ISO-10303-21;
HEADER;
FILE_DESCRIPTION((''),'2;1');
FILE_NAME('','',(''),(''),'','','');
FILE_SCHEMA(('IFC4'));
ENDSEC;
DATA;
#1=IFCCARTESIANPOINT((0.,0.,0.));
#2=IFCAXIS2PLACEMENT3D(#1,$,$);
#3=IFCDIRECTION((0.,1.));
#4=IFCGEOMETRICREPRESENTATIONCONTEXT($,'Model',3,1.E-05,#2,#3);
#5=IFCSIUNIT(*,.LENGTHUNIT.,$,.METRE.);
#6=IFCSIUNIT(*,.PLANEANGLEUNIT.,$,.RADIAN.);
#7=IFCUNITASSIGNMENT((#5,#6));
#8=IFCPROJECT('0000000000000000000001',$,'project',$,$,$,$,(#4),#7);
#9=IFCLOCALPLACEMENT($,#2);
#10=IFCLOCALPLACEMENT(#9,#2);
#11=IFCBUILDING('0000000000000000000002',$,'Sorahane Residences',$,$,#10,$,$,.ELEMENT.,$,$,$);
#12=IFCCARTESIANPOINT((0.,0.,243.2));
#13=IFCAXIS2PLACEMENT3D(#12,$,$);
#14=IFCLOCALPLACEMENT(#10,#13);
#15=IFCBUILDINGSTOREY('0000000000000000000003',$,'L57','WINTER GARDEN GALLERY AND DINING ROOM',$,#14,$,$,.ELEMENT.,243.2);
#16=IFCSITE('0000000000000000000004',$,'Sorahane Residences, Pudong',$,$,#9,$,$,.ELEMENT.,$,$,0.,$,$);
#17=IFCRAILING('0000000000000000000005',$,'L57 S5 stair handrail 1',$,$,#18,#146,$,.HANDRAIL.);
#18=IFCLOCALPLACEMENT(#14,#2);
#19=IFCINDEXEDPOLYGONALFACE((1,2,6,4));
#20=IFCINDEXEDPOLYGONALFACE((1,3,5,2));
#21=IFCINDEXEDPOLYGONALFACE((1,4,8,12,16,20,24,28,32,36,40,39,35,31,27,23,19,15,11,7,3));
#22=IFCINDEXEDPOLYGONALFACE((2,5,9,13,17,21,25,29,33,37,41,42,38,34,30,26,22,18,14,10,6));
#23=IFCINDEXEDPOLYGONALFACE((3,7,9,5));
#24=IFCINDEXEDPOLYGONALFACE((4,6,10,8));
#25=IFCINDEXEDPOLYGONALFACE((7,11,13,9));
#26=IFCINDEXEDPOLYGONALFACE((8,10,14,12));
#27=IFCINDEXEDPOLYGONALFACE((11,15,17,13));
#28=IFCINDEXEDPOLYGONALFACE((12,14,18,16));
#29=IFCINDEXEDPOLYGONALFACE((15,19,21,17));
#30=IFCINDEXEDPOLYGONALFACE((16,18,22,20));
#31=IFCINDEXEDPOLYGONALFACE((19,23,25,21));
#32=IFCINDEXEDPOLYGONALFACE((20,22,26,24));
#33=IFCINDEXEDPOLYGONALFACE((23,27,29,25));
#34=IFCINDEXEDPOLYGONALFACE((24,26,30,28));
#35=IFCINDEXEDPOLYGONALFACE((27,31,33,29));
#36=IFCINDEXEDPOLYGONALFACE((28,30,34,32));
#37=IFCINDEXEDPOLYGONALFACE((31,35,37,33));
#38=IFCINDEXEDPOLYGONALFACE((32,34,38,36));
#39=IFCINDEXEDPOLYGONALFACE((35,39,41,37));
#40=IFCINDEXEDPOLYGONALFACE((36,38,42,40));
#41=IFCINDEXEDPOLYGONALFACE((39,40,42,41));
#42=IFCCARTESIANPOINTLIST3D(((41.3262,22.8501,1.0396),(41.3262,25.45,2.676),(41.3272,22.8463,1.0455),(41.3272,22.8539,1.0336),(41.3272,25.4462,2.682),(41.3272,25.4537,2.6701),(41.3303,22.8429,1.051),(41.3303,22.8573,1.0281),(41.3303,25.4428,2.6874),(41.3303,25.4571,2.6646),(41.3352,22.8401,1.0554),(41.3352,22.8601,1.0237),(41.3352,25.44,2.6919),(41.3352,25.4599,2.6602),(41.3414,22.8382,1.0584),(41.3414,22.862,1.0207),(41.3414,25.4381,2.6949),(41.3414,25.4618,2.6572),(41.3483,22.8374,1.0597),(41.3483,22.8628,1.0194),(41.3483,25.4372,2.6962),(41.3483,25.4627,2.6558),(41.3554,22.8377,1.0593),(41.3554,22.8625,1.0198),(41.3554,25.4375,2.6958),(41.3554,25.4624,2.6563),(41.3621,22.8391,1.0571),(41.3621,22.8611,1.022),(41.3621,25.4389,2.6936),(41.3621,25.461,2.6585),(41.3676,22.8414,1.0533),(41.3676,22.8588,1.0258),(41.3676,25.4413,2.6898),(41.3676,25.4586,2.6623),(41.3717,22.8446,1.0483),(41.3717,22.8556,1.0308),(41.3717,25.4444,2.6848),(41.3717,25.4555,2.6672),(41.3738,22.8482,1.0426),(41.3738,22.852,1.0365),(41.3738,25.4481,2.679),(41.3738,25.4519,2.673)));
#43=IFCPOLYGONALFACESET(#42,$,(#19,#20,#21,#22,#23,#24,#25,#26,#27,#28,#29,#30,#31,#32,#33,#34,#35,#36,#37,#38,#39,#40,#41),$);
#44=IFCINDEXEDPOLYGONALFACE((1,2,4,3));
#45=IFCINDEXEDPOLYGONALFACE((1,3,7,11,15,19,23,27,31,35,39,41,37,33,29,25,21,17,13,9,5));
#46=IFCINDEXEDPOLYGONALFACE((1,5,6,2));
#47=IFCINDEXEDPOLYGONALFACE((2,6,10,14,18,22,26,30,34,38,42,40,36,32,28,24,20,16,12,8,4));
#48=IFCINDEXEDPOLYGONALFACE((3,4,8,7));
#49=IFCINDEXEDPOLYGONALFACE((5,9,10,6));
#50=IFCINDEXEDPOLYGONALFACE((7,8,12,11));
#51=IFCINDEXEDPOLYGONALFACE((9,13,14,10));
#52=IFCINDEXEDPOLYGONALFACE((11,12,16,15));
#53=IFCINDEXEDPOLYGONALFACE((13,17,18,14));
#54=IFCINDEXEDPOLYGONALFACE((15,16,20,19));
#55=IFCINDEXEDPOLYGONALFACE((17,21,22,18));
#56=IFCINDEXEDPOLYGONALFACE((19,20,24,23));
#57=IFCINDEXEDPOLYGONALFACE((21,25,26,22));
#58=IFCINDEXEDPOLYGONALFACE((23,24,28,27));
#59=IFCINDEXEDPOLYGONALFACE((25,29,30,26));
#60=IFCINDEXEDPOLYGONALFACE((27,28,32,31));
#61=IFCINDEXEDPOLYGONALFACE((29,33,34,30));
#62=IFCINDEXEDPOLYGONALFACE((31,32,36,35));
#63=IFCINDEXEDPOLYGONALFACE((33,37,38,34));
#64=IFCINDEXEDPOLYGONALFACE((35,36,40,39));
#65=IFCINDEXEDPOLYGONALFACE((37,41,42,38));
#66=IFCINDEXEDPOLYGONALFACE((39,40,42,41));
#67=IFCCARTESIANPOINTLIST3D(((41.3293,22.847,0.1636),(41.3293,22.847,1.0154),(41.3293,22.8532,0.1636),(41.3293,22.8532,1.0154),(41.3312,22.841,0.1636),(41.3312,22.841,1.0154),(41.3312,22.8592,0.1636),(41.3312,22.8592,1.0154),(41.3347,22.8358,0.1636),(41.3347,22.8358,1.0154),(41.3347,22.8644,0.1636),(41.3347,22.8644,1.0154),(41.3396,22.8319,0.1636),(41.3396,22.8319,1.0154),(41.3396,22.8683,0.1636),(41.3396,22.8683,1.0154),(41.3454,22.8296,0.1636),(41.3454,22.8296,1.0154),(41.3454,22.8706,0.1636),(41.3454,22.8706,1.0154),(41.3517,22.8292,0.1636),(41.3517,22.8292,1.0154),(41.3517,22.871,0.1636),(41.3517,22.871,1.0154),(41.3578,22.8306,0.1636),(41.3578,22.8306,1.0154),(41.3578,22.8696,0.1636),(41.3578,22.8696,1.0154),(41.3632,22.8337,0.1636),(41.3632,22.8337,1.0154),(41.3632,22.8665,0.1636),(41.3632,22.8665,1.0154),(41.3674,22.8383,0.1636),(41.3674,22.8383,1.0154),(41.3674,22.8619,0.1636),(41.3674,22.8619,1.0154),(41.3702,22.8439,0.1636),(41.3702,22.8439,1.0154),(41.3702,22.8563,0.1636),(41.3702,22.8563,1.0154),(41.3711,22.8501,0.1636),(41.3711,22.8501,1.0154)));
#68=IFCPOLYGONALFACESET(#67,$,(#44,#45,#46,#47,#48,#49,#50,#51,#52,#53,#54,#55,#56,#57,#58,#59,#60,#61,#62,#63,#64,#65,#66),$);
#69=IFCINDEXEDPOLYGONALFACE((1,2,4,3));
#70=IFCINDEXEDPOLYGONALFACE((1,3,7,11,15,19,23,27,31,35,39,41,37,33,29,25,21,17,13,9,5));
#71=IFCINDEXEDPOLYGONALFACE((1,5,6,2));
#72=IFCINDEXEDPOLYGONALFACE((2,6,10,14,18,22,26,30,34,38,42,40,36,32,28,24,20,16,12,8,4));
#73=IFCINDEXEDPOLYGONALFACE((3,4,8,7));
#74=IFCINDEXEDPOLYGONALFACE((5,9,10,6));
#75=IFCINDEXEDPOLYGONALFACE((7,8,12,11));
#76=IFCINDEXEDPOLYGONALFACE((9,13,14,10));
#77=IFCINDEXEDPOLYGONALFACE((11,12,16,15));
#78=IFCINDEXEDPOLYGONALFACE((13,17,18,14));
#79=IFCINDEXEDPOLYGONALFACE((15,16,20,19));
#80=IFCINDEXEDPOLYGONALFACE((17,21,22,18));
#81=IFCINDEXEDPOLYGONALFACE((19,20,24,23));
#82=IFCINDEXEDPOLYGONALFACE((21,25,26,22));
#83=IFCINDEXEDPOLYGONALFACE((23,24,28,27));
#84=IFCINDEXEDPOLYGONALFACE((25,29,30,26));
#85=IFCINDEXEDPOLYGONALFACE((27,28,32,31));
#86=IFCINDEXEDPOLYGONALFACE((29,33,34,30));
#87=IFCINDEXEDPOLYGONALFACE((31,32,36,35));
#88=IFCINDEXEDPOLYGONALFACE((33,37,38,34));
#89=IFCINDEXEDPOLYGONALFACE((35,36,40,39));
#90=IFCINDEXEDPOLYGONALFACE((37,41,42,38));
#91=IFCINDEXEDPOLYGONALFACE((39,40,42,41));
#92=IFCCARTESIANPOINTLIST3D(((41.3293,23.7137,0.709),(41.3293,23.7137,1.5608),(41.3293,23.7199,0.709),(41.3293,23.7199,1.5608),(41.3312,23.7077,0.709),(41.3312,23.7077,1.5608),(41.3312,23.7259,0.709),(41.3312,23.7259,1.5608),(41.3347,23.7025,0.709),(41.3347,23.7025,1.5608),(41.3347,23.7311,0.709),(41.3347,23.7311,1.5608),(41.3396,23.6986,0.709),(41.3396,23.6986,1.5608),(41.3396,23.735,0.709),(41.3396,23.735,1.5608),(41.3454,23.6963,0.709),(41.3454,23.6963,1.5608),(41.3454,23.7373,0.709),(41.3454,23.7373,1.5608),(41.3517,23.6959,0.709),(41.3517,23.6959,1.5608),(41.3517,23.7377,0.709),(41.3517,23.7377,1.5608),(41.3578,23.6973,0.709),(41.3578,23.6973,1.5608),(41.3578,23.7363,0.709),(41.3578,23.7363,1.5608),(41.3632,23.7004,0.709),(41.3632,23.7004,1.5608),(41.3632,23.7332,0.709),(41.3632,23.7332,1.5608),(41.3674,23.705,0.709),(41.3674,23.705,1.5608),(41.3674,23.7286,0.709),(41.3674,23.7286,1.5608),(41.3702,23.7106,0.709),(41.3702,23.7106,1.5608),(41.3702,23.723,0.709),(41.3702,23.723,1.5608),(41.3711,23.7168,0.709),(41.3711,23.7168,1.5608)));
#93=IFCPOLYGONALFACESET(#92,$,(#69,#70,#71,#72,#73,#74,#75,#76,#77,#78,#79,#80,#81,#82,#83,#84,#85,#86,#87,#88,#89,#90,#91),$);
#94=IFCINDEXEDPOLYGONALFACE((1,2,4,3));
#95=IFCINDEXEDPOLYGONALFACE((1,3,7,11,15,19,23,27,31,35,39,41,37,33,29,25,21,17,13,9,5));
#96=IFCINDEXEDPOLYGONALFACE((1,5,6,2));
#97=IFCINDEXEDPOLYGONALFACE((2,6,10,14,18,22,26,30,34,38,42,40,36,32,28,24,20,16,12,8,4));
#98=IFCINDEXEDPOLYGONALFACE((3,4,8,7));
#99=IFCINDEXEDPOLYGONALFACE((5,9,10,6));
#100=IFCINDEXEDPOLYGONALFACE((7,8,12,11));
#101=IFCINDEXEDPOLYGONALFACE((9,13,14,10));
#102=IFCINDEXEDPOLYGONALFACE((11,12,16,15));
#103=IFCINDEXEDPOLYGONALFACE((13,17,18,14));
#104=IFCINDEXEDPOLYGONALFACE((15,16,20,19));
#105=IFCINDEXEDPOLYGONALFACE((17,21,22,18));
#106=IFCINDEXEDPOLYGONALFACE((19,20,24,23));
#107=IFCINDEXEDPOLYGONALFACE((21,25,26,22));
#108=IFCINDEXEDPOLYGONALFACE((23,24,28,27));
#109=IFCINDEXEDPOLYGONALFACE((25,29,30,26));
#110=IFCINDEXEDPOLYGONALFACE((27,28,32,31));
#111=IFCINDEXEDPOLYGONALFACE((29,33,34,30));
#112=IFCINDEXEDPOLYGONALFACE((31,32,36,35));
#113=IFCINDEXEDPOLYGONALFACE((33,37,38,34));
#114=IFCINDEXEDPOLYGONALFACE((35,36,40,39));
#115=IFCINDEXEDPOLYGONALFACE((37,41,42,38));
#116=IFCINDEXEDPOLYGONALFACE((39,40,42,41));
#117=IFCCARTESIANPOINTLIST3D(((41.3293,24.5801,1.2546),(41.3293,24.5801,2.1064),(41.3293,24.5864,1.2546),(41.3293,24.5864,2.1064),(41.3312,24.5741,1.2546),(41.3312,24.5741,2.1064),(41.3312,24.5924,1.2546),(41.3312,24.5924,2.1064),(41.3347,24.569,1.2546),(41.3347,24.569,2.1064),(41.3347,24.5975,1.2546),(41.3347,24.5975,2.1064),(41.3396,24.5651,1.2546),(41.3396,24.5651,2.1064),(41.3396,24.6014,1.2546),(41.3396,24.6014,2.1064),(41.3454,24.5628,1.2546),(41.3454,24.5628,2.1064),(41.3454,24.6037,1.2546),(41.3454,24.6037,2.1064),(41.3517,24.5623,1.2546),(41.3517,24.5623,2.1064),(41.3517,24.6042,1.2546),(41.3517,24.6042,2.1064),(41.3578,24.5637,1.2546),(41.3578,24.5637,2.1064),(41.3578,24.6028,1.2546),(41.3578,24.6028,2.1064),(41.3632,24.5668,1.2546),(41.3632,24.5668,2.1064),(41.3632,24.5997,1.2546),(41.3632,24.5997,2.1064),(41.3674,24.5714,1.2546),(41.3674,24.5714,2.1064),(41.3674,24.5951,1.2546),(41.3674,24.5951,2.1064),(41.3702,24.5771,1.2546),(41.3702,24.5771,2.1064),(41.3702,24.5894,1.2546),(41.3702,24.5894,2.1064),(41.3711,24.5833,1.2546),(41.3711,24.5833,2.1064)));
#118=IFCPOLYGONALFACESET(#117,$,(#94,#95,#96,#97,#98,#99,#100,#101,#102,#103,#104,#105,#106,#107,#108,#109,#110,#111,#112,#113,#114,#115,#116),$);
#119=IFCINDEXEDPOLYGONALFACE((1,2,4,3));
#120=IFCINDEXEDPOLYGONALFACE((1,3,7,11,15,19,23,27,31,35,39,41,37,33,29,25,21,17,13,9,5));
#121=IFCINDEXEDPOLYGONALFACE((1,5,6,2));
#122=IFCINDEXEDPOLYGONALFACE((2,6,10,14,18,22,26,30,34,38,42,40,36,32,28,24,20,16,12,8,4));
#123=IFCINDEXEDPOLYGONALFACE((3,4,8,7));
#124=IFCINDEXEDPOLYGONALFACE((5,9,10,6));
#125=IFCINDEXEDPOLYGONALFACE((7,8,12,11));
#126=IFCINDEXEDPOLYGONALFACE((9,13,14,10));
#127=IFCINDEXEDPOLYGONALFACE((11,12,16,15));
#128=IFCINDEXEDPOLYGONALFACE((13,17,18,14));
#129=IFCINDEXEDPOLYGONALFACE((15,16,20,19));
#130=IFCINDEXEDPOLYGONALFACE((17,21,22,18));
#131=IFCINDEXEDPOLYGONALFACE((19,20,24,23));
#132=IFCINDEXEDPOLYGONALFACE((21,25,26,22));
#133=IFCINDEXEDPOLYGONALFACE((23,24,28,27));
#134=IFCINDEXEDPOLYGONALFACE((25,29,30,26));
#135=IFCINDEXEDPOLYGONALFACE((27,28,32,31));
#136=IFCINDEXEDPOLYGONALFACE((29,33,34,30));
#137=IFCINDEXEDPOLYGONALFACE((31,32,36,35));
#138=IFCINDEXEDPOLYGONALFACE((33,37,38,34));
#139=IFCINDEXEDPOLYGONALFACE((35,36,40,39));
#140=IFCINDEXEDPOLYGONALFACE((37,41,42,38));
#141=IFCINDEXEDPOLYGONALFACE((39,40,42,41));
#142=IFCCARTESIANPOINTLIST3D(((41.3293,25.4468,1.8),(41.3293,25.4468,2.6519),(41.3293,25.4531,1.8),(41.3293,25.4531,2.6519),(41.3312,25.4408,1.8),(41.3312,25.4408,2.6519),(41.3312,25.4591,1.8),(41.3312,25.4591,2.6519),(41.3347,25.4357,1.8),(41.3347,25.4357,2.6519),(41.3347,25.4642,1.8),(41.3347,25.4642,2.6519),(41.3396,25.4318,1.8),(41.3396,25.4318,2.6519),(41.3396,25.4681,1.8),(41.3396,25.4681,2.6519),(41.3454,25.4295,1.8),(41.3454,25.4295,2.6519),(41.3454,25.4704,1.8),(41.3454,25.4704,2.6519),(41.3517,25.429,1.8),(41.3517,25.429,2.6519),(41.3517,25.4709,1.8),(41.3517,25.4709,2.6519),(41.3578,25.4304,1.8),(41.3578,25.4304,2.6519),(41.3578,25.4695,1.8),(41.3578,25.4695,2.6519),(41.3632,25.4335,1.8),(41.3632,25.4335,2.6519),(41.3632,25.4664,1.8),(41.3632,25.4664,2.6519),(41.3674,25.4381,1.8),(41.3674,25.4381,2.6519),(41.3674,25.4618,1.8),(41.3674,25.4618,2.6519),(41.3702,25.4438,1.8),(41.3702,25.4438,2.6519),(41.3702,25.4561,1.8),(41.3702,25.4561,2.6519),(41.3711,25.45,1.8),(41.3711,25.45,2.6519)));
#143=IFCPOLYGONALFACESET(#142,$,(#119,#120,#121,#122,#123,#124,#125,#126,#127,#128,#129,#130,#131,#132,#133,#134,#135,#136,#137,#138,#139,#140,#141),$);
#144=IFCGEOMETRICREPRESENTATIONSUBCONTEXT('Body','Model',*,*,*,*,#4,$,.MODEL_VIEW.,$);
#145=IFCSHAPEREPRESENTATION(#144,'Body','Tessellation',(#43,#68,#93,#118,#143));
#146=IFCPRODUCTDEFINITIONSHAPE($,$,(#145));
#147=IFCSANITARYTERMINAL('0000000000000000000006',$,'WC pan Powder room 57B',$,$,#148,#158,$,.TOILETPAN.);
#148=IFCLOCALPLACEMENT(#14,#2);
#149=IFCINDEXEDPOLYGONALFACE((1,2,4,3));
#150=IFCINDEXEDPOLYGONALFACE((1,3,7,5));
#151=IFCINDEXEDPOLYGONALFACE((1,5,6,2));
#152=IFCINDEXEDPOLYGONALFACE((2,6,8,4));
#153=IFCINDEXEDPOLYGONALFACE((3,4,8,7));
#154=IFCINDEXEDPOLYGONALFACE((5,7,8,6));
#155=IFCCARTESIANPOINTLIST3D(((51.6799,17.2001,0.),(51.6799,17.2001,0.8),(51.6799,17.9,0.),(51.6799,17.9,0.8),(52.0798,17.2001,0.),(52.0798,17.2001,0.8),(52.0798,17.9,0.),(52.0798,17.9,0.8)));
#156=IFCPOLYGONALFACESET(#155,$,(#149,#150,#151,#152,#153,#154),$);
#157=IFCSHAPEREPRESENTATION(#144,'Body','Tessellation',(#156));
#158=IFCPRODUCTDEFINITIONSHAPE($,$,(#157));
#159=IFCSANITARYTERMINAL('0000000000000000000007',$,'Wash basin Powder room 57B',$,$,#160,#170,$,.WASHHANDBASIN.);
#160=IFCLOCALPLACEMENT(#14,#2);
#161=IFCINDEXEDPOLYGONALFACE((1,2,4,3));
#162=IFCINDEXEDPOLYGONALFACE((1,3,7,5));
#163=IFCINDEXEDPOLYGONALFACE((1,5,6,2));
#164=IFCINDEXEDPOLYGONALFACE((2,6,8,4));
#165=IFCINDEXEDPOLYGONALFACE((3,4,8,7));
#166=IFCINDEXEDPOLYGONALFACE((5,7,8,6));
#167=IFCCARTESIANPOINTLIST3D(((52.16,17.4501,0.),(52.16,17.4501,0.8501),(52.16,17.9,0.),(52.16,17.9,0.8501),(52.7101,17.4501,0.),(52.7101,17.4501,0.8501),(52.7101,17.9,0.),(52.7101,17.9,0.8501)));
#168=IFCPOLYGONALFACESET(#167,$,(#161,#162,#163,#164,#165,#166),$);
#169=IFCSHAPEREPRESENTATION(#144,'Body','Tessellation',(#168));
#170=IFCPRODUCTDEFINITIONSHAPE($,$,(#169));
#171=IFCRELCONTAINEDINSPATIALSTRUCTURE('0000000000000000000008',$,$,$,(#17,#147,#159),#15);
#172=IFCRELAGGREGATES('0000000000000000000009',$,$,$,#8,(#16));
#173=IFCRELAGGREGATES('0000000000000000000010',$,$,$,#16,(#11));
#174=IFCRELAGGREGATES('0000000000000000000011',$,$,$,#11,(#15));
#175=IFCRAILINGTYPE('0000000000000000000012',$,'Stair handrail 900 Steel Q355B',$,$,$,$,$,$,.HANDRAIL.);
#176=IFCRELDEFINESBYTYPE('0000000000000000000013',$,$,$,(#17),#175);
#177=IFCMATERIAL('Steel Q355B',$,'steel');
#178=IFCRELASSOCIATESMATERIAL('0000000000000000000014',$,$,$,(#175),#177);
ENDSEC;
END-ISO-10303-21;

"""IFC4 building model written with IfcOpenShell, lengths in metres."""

from ifc_helpers import new_model, si_unit, direction, frame, origin, origin_2d, place, context, subcontext, project, spatial, rectangle, circle, extrude, material, type_object, element, save


model = new_model("IFC4")

# Units and contexts
model_context = context("Model", 3, precision=1e-05, world=origin(), true_north=direction((0.0, 1.0)))
body_context = subcontext(model_context, "Body", "Model", "MODEL_VIEW")
ifc_project = project(units=[si_unit("LENGTHUNIT", "METRE"), si_unit("PLANEANGLEUNIT", "RADIAN")], contexts=[model_context])

# Site, building, storey
site_placement = place(None, origin())
site = spatial("IfcSite", under=ifc_project, at=site_placement, Name="Sorahane Residences, Pudong", CompositionType="ELEMENT", RefElevation=0.0)
building_placement = place(site_placement, origin())
building = spatial("IfcBuilding", under=site, at=building_placement, Name="Sorahane Residences", CompositionType="ELEMENT")
storey_placement = place(building_placement, frame((0.0, 0.0, 243.2)))
storey = spatial("IfcBuildingStorey", under=building, at=storey_placement, Name="L57", Description="WINTER GARDEN GALLERY AND DINING ROOM", CompositionType="ELEMENT", Elevation=243.2)

# Railing
ifc_material_1 = material(Name="Steel Q355B", Category="steel")
railing_type_1 = type_object("IfcRailingType", Name="Stair handrail 900 Steel Q355B", PredefinedType="HANDRAIL", material=ifc_material_1)
railing_1_placement = place(storey_placement, frame((41.3501, 22.8501, 0.1636)))
element("IfcRailing", 1, at=railing_1_placement, inside=storey, type_object=railing_type_1, Name="L57 S5 stair handrail 1", PredefinedType="HANDRAIL", context=body_context, shape_type="SweptSolid", body=[
    extrude(circle(Radius=0.0239, at=origin_2d()), frame((0.0, 0.0, 0.876), z_axis=(0.0, 0.846302, 0.532704), x_axis=(-1.0, 0.0, 0.0)), (0.0, 0.0, 1.0), 3.072),
    extrude(circle(Radius=0.021, at=origin_2d()), origin(), (0.0, 0.0, 1.0), 0.8518),
    extrude(circle(Radius=0.021, at=origin_2d()), frame((0.0, 0.8667, 0.5454)), (0.0, 0.0, 1.0), 0.8518),
    extrude(circle(Radius=0.021, at=origin_2d()), frame((0.0, 1.7332, 1.0911)), (0.0, 0.0, 1.0), 0.8518),
    extrude(circle(Radius=0.021, at=origin_2d()), frame((0.0, 2.5999, 1.6365)), (0.0, 0.0, 1.0), 0.8518),
])

# Sanitary terminals
sanitary_terminal_1_placement = place(storey_placement, frame((51.8799, 17.55, 0.0), z_axis=(0.0, 0.0, 1.0), x_axis=(1.0, 0.0, 0.0)))
element("IfcSanitaryTerminal", 2, at=sanitary_terminal_1_placement, inside=storey, Name="WC pan Powder room 57B", PredefinedType="TOILETPAN", context=body_context, shape_type="SweptSolid", body=[
    extrude(rectangle(XDim=0.3999, YDim=0.7, at=origin_2d()), origin(), (0.0, 0.0, 1.0), 0.8),
])
sanitary_terminal_2_placement = place(storey_placement, frame((52.4351, 17.675, 0.0), z_axis=(0.0, 0.0, 1.0), x_axis=(1.0, 0.0, 0.0)))
element("IfcSanitaryTerminal", 3, at=sanitary_terminal_2_placement, inside=storey, Name="Wash basin Powder room 57B", PredefinedType="WASHHANDBASIN", context=body_context, shape_type="SweptSolid", body=[
    extrude(rectangle(XDim=0.55, YDim=0.45, at=origin_2d()), origin(), (0.0, 0.0, 1.0), 0.8501),
])

save(model, "model.ifc")
